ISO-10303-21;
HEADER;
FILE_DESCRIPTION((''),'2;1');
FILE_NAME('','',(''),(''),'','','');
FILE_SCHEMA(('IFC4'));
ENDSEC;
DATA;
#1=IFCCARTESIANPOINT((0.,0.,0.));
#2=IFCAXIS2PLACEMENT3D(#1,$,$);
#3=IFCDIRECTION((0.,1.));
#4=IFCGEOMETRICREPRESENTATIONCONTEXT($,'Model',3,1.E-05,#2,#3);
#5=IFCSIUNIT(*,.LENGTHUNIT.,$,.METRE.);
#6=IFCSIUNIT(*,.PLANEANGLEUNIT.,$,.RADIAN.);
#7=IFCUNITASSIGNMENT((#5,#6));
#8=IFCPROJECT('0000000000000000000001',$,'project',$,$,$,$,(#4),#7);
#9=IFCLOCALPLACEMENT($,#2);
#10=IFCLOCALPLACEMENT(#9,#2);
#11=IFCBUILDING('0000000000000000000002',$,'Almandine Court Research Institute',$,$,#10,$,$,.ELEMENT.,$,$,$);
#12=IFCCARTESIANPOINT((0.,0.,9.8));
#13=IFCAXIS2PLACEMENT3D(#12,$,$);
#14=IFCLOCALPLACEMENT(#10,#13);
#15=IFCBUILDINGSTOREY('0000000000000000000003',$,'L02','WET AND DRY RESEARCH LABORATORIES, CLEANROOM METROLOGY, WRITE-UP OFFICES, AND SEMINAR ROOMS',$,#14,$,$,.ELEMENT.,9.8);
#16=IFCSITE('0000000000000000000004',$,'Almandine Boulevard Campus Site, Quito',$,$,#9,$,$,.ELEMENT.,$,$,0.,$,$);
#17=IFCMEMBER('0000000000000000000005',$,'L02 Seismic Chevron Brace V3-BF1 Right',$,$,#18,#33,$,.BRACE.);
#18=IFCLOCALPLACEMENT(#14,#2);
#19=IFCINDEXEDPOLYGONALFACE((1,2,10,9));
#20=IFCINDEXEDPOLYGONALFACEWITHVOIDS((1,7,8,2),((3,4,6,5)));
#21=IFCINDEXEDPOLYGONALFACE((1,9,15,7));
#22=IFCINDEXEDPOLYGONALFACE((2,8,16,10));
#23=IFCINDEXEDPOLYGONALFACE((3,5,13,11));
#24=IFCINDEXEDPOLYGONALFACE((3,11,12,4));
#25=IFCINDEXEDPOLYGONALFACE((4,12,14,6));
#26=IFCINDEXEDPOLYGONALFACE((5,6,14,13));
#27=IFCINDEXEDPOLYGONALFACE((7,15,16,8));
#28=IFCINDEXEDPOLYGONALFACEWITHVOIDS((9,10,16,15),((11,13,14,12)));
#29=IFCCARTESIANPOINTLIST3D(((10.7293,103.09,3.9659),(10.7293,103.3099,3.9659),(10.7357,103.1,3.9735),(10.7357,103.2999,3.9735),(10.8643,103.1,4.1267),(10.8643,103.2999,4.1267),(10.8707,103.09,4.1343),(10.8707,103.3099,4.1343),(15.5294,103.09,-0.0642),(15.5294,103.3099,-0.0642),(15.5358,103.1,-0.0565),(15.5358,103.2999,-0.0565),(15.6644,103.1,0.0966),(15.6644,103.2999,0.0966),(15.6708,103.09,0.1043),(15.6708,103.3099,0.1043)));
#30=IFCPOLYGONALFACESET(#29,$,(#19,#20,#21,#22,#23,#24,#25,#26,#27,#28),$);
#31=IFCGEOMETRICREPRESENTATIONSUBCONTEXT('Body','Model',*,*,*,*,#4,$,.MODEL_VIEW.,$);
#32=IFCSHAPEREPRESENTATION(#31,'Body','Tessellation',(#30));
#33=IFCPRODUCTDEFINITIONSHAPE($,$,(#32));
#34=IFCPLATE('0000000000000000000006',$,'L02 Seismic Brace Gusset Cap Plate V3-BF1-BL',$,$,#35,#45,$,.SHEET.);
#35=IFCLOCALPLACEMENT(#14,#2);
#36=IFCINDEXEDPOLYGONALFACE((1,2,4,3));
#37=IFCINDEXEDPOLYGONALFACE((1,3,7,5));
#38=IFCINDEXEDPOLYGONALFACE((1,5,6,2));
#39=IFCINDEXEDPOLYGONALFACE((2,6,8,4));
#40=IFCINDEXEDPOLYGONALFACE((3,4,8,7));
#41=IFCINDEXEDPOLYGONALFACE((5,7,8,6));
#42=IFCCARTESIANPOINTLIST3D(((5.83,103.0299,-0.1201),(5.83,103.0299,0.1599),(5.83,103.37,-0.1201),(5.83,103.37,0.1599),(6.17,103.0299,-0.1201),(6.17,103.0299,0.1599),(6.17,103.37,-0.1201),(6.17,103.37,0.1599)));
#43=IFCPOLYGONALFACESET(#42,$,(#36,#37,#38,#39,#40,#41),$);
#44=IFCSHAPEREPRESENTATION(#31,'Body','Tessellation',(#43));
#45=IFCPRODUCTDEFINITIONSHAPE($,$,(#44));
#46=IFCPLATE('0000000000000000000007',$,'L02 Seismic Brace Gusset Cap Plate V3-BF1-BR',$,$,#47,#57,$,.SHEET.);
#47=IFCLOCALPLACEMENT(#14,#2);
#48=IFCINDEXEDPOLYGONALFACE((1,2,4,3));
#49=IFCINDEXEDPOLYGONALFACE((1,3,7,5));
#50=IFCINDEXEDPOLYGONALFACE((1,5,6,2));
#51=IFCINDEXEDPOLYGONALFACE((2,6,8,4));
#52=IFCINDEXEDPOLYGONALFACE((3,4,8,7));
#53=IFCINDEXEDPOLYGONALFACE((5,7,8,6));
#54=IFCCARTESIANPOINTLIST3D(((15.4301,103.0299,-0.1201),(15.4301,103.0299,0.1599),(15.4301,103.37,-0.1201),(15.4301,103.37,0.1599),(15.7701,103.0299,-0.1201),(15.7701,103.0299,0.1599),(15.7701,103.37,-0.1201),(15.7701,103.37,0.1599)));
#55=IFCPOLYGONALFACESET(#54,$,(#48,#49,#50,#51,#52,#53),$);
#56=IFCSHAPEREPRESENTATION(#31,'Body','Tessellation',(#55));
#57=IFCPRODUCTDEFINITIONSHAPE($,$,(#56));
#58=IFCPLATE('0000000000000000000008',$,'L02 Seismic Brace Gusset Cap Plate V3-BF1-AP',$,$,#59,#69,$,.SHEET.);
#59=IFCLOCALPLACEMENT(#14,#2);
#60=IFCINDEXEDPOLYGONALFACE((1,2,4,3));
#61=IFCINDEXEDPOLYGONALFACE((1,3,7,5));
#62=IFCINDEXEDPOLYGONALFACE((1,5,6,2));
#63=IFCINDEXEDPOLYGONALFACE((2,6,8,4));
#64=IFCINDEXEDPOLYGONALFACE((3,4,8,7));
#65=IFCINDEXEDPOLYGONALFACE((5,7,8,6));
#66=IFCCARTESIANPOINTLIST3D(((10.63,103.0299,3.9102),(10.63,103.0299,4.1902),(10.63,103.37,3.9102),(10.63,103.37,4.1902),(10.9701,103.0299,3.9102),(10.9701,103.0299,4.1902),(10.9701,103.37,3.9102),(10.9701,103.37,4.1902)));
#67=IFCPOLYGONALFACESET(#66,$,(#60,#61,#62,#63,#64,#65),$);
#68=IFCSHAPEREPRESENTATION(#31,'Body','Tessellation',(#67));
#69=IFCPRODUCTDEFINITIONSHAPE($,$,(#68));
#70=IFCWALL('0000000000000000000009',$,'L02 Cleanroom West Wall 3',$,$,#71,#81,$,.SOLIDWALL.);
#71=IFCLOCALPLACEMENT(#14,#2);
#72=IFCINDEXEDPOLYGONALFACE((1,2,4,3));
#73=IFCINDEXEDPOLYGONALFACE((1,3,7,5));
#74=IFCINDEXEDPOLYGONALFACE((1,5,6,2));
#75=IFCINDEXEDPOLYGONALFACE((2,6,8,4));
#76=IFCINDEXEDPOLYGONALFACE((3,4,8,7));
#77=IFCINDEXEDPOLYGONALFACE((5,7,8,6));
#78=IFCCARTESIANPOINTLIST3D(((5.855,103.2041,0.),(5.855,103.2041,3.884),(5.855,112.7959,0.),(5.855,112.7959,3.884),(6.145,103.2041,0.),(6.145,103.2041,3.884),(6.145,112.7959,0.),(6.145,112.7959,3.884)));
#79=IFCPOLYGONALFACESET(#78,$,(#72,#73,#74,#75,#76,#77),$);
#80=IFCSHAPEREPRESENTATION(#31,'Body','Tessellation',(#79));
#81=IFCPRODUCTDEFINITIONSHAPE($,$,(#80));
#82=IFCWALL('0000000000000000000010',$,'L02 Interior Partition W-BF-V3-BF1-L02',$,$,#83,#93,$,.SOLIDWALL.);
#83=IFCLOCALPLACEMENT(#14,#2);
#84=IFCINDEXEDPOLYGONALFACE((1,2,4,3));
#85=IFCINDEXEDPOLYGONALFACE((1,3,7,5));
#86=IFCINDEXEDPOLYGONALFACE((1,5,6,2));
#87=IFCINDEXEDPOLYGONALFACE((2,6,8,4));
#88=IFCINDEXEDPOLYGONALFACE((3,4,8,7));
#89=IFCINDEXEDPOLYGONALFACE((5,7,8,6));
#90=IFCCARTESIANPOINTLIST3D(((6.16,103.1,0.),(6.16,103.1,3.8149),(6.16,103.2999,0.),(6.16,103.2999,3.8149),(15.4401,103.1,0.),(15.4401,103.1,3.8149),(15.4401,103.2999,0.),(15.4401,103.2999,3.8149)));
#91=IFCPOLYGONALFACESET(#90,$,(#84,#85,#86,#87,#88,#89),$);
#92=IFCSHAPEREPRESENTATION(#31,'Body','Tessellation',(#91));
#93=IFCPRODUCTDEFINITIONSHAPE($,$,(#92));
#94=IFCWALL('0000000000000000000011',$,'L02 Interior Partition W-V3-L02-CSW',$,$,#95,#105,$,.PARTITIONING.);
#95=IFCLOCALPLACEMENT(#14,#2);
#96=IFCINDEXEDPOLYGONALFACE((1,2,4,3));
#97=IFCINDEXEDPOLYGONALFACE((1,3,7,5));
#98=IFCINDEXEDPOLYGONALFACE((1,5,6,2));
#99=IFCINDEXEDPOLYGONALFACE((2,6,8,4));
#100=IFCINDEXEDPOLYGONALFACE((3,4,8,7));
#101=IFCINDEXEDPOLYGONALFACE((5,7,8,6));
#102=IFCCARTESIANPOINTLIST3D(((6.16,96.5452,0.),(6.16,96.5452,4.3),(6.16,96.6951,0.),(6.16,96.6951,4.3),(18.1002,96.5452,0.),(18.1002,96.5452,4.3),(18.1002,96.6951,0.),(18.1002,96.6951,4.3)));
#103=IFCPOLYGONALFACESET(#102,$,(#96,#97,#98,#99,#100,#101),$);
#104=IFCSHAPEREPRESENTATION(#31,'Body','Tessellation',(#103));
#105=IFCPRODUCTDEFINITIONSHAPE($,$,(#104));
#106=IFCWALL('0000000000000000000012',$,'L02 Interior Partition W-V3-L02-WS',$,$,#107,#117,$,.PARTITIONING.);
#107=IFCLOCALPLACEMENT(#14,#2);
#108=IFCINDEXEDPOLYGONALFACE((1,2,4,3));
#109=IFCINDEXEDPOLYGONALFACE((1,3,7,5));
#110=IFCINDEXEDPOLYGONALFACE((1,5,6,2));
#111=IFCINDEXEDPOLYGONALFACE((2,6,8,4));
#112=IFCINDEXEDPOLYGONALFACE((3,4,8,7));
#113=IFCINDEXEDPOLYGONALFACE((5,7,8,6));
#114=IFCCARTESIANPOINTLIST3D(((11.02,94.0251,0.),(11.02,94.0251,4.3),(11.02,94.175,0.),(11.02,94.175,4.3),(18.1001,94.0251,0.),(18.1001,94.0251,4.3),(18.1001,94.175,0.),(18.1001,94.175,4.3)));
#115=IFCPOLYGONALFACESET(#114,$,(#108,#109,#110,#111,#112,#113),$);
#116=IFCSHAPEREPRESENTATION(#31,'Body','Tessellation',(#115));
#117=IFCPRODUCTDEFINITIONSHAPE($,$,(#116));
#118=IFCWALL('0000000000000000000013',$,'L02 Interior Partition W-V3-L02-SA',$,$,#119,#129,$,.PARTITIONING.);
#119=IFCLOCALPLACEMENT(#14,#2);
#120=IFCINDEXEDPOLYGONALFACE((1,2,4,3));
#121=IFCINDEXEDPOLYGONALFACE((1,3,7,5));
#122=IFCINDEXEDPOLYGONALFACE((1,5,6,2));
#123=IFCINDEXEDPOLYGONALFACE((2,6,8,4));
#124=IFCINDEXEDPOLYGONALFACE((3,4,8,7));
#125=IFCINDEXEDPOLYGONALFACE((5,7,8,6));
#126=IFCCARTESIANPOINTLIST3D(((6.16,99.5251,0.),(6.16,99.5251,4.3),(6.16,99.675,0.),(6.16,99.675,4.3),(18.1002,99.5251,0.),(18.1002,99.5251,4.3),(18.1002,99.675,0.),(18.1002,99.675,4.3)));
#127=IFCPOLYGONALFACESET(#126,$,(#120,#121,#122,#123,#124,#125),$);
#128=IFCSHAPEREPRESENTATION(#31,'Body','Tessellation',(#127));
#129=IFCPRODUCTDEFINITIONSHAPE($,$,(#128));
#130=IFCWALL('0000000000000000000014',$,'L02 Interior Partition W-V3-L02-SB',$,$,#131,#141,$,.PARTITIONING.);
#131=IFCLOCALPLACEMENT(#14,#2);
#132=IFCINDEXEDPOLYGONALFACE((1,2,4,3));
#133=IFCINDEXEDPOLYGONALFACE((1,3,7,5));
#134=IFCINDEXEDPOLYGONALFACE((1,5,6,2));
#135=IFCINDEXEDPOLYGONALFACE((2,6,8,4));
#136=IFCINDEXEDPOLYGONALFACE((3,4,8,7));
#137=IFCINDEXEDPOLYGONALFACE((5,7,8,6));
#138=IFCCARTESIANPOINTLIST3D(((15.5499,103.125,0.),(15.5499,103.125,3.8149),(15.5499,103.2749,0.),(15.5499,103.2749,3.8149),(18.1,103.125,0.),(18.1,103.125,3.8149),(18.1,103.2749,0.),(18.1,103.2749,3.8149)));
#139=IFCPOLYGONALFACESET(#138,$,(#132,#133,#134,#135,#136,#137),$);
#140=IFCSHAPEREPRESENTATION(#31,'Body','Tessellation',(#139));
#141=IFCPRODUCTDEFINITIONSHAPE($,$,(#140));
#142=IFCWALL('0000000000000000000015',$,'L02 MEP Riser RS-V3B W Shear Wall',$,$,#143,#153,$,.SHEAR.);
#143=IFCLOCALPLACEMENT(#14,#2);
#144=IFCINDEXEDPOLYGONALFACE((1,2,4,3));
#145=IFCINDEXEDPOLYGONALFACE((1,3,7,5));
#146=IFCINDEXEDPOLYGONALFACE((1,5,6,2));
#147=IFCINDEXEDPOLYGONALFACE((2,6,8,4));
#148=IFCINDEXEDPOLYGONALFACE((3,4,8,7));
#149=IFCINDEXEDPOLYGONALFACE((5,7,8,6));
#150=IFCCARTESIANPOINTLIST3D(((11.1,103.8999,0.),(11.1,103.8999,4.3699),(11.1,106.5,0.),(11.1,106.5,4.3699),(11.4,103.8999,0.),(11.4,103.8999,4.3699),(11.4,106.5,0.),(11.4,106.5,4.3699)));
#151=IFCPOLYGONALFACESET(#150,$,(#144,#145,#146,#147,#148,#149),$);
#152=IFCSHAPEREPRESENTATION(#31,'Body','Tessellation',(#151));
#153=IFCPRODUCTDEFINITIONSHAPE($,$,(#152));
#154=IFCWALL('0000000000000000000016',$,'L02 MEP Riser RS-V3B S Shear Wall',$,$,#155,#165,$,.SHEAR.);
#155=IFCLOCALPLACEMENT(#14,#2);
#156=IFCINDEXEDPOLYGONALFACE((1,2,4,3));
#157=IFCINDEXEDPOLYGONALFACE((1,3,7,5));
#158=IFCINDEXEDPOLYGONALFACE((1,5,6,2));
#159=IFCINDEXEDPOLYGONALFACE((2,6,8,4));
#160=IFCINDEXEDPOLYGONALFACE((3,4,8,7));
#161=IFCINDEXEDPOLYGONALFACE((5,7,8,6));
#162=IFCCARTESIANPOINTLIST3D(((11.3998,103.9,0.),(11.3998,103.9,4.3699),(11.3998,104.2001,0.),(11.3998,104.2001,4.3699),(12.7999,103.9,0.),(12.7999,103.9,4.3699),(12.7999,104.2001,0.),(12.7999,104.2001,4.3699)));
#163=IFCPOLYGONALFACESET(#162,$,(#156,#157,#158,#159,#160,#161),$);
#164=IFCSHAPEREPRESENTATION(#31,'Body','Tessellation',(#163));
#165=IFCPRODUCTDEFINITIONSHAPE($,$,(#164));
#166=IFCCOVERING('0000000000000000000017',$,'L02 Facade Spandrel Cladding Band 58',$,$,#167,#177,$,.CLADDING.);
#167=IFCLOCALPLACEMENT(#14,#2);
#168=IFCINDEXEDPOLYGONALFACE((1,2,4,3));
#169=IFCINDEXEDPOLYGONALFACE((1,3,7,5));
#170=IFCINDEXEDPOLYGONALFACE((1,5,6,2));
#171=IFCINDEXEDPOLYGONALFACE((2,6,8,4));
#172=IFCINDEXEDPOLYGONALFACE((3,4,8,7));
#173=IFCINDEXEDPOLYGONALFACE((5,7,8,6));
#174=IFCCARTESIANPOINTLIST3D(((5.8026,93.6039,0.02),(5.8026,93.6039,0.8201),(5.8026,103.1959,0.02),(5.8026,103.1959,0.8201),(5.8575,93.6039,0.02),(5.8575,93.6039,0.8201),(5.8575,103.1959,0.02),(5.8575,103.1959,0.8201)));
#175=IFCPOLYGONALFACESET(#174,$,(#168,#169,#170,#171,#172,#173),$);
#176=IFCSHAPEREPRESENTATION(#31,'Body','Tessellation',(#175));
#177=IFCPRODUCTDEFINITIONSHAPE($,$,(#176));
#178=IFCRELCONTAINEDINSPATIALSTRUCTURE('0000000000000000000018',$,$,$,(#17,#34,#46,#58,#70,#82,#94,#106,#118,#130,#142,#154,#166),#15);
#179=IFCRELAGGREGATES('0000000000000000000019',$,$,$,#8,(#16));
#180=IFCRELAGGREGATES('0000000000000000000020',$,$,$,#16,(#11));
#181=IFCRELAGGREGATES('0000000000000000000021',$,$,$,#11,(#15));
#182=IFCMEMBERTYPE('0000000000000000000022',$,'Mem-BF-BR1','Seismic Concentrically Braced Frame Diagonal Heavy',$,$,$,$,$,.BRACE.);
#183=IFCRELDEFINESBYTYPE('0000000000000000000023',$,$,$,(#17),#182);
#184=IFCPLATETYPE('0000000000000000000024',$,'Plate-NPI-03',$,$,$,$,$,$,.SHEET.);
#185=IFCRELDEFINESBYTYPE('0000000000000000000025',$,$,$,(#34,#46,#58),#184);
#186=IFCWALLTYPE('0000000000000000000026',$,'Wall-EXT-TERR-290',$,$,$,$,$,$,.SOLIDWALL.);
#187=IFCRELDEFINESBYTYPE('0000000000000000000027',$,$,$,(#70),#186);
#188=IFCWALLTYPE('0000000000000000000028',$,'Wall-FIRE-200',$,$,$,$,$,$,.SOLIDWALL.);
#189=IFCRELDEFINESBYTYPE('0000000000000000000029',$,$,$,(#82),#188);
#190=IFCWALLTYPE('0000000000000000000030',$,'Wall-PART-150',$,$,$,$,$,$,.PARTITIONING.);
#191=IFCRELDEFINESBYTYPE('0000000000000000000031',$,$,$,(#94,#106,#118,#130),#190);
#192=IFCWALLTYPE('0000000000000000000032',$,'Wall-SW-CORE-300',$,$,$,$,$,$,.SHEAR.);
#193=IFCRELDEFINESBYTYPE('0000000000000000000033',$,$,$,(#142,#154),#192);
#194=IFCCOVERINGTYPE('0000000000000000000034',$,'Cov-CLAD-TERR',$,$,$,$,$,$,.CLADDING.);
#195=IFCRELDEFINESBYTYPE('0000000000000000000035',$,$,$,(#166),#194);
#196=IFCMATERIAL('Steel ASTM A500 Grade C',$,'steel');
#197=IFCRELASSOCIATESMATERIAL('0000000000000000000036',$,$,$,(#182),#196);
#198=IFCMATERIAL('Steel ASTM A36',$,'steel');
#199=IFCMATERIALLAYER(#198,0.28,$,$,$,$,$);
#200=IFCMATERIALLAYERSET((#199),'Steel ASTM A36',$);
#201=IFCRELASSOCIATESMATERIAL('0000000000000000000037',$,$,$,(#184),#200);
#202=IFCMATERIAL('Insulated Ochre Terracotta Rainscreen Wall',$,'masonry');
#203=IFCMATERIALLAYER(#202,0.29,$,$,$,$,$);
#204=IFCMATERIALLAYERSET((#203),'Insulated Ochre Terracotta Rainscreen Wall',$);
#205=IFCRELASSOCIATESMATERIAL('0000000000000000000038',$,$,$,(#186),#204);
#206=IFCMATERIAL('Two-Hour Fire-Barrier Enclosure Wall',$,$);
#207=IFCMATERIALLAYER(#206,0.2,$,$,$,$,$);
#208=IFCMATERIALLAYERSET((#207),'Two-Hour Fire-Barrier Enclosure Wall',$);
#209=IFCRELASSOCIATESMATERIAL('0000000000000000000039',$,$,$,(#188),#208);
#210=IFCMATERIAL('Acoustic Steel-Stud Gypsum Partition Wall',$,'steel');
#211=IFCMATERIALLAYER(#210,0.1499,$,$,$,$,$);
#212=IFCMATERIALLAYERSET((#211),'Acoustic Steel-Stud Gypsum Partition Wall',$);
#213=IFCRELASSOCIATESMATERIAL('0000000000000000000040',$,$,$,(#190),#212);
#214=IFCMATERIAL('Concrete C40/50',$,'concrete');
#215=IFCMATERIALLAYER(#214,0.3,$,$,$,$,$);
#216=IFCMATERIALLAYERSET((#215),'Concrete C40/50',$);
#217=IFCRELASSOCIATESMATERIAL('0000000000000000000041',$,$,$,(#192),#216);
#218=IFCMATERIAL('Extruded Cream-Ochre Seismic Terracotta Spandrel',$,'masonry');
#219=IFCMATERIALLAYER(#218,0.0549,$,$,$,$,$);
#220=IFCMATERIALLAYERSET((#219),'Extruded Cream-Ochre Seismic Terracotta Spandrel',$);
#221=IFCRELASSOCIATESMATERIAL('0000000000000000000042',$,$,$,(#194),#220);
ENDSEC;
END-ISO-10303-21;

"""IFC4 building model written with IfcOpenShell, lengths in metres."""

from ifc_helpers import new_model, si_unit, direction, frame, frame_2d, origin, origin_2d, place, context, subcontext, project, spatial, rectangle, hollow_rectangle, extrude, material, layer, layer_set, material_profile, profile_set, type_object, element, save


model = new_model("IFC4")

# Units and contexts
model_context = context("Model", 3, precision=1e-05, world=origin(), true_north=direction((0.0, 1.0)))
body_context = subcontext(model_context, "Body", "Model", "MODEL_VIEW")
ifc_project = project(units=[si_unit("LENGTHUNIT", "METRE"), si_unit("PLANEANGLEUNIT", "RADIAN")], contexts=[model_context])

# Site, building, storey
site_placement = place(None, origin())
site = spatial("IfcSite", under=ifc_project, at=site_placement, Name="Almandine Boulevard Campus Site, Quito", CompositionType="ELEMENT", RefElevation=0.0)
building_placement = place(site_placement, origin())
building = spatial("IfcBuilding", under=site, at=building_placement, Name="Almandine Court Research Institute", CompositionType="ELEMENT")
storey_placement = place(building_placement, frame((0.0, 0.0, 9.8)))
storey = spatial("IfcBuildingStorey", under=building, at=storey_placement, Name="L02", Description="WET AND DRY RESEARCH LABORATORIES, CLEANROOM METROLOGY, WRITE-UP OFFICES, AND SEMINAR ROOMS", CompositionType="ELEMENT", Elevation=9.8)

# Member
ifc_material_1 = material(Name="Steel ASTM A500 Grade C", Category="steel")
ifc_material_profile_1 = material_profile(ifc_material_1, hollow_rectangle(XDim=0.22, YDim=0.22, WallThickness=0.01, at=origin_2d()), Name="HSS 220x220x10")
ifc_profile_set_1 = profile_set([ifc_material_profile_1], Name="Steel ASTM A500 Grade C")
member_type = type_object("IfcMemberType", Name="Mem-BF-BR1", Description="Seismic Concentrically Braced Frame Diagonal Heavy", PredefinedType="BRACE", material=ifc_profile_set_1)
for number, where, z_axis, x_axis, name in (
    (1, (15.6001, 103.2, 0.02), (-0.765863, 0.0, 0.643004), (0.0, -1.0, 0.0), "L02 Seismic Chevron Brace V3-BF1 Right"),
):
    element("IfcMember", number, at=place(storey_placement, frame(where, z_axis=z_axis, x_axis=x_axis)), inside=storey, type_object=member_type, Name=name, PredefinedType="BRACE", context=body_context, shape_type="SweptSolid", body=[
        extrude(hollow_rectangle(XDim=0.22, YDim=0.22, WallThickness=0.01, at=origin_2d()), origin(), (0.0, 0.0, 1.0), 6.2676),
    ])

# Plates
ifc_material_2 = material(Name="Steel ASTM A36", Category="steel")
ifc_layer_1 = layer(ifc_material_2, 0.28)
ifc_layer_set_1 = layer_set([ifc_layer_1], Name="Steel ASTM A36")
plate_type = type_object("IfcPlateType", Name="Plate-NPI-03", PredefinedType="SHEET", material=ifc_layer_set_1)
for number, where, z_axis, x_axis, name in (
    (2, (6.0, 103.2, -0.1201), (0.0, 0.0, 1.0), (1.0, 0.0, 0.0), "L02 Seismic Brace Gusset Cap Plate V3-BF1-BL"),
    (3, (15.6001, 103.2, -0.1201), (0.0, 0.0, 1.0), (1.0, 0.0, 0.0), "L02 Seismic Brace Gusset Cap Plate V3-BF1-BR"),
    (4, (10.8, 103.2, 3.9102), (0.0, 0.0, 1.0), (1.0, 0.0, 0.0), "L02 Seismic Brace Gusset Cap Plate V3-BF1-AP"),
):
    element("IfcPlate", number, at=place(storey_placement, frame(where, z_axis=z_axis, x_axis=x_axis)), inside=storey, type_object=plate_type, Name=name, PredefinedType="SHEET", context=body_context, shape_type="SweptSolid", body=[
        extrude(rectangle(XDim=0.3401, YDim=0.3401, at=origin_2d()), origin(), (0.0, 0.0, 1.0), 0.28),
    ])

# Walls
ifc_material_3 = material(Name="Insulated Ochre Terracotta Rainscreen Wall", Category="masonry")
ifc_layer_2 = layer(ifc_material_3, 0.29)
ifc_layer_set_2 = layer_set([ifc_layer_2], Name="Insulated Ochre Terracotta Rainscreen Wall")
wall_type_1 = type_object("IfcWallType", Name="Wall-EXT-TERR-290", PredefinedType="SOLIDWALL", material=ifc_layer_set_2)
wall_1_placement = place(storey_placement, frame((6.0, 103.2041, 0.0), z_axis=(0.0, 0.0, 1.0), x_axis=(0.0, 1.0, 0.0)))
element("IfcWall", 5, at=wall_1_placement, inside=storey, type_object=wall_type_1, Name="L02 Cleanroom West Wall 3", PredefinedType="SOLIDWALL", context=body_context, shape_type="SweptSolid", body=[
    extrude(rectangle(XDim=9.5918, YDim=0.29, at=frame_2d((4.7959, 0.0))), origin(), (0.0, 0.0, 1.0), 3.884),
])
ifc_material_4 = material(Name="Two-Hour Fire-Barrier Enclosure Wall")
ifc_layer_3 = layer(ifc_material_4, 0.2)
ifc_layer_set_3 = layer_set([ifc_layer_3], Name="Two-Hour Fire-Barrier Enclosure Wall")
wall_type_2 = type_object("IfcWallType", Name="Wall-FIRE-200", PredefinedType="SOLIDWALL", material=ifc_layer_set_3)
wall_2_placement = place(storey_placement, frame((6.1599, 103.2, 0.0), z_axis=(0.0, 0.0, 1.0), x_axis=(1.0, 0.0, 0.0)))
element("IfcWall", 6, at=wall_2_placement, inside=storey, type_object=wall_type_2, Name="L02 Interior Partition W-BF-V3-BF1-L02", PredefinedType="SOLIDWALL", context=body_context, shape_type="SweptSolid", body=[
    extrude(rectangle(XDim=9.28, YDim=0.2, at=frame_2d((4.6401, 0.0))), origin(), (0.0, 0.0, 1.0), 3.8149),
])
ifc_material_5 = material(Name="Acoustic Steel-Stud Gypsum Partition Wall", Category="steel")
ifc_layer_4 = layer(ifc_material_5, 0.1499)
ifc_layer_set_4 = layer_set([ifc_layer_4], Name="Acoustic Steel-Stud Gypsum Partition Wall")
wall_type_3 = type_object("IfcWallType", Name="Wall-PART-150", PredefinedType="PARTITIONING", material=ifc_layer_set_4)
wall_3_placement = place(storey_placement, frame((6.1599, 96.6201, 0.0), z_axis=(0.0, 0.0, 1.0), x_axis=(1.0, 0.0, 0.0)))
element("IfcWall", 7, at=wall_3_placement, inside=storey, type_object=wall_type_3, Name="L02 Interior Partition W-V3-L02-CSW", PredefinedType="PARTITIONING", context=body_context, shape_type="SweptSolid", body=[
    extrude(rectangle(XDim=11.9402, YDim=0.1499, at=frame_2d((5.9702, 0.0))), origin(), (0.0, 0.0, 1.0), 4.3),
])
wall_4_placement = place(storey_placement, frame((11.02, 94.1001, 0.0), z_axis=(0.0, 0.0, 1.0), x_axis=(1.0, 0.0, 0.0)))
element("IfcWall", 8, at=wall_4_placement, inside=storey, type_object=wall_type_3, Name="L02 Interior Partition W-V3-L02-WS", PredefinedType="PARTITIONING", context=body_context, shape_type="SweptSolid", body=[
    extrude(rectangle(XDim=7.0801, YDim=0.1499, at=frame_2d((3.54, 0.0))), origin(), (0.0, 0.0, 1.0), 4.3),
])
wall_5_placement = place(storey_placement, frame((6.1599, 99.6001, 0.0), z_axis=(0.0, 0.0, 1.0), x_axis=(1.0, 0.0, 0.0)))
element("IfcWall", 9, at=wall_5_placement, inside=storey, type_object=wall_type_3, Name="L02 Interior Partition W-V3-L02-SA", PredefinedType="PARTITIONING", context=body_context, shape_type="SweptSolid", body=[
    extrude(rectangle(XDim=11.9402, YDim=0.1499, at=frame_2d((5.9702, 0.0))), origin(), (0.0, 0.0, 1.0), 4.3),
])
wall_6_placement = place(storey_placement, frame((15.55, 103.2, 0.0), z_axis=(0.0, 0.0, 1.0), x_axis=(1.0, 0.0, 0.0)))
element("IfcWall", 10, at=wall_6_placement, inside=storey, type_object=wall_type_3, Name="L02 Interior Partition W-V3-L02-SB", PredefinedType="PARTITIONING", context=body_context, shape_type="SweptSolid", body=[
    extrude(rectangle(XDim=2.55, YDim=0.1499, at=frame_2d((1.2749, 0.0))), origin(), (0.0, 0.0, 1.0), 3.8149),
])
ifc_material_6 = material(Name="Concrete C40/50", Category="concrete")
ifc_layer_5 = layer(ifc_material_6, 0.3)
ifc_layer_set_5 = layer_set([ifc_layer_5], Name="Concrete C40/50")
wall_type_4 = type_object("IfcWallType", Name="Wall-SW-CORE-300", PredefinedType="SHEAR", material=ifc_layer_set_5)
wall_7_placement = place(storey_placement, frame((11.25, 103.8999, 0.0), z_axis=(0.0, 0.0, 1.0), x_axis=(0.0, 1.0, 0.0)))
element("IfcWall", 11, at=wall_7_placement, inside=storey, type_object=wall_type_4, Name="L02 MEP Riser RS-V3B W Shear Wall", PredefinedType="SHEAR", context=body_context, shape_type="SweptSolid", body=[
    extrude(rectangle(XDim=2.6001, YDim=0.3, at=frame_2d((1.3, 0.0))), origin(), (0.0, 0.0, 1.0), 4.3699),
])
wall_8_placement = place(storey_placement, frame((12.8, 104.05, 0.0), z_axis=(0.0, 0.0, 1.0), x_axis=(-1.0, 0.0, 0.0)))
element("IfcWall", 12, at=wall_8_placement, inside=storey, type_object=wall_type_4, Name="L02 MEP Riser RS-V3B S Shear Wall", PredefinedType="SHEAR", context=body_context, shape_type="SweptSolid", body=[
    extrude(rectangle(XDim=1.4001, YDim=0.3, at=frame_2d((0.7002, 0.0))), origin(), (0.0, 0.0, 1.0), 4.3699),
])

# Covering
ifc_material_7 = material(Name="Extruded Cream-Ochre Seismic Terracotta Spandrel", Category="masonry")
ifc_layer_6 = layer(ifc_material_7, 0.0549)
ifc_layer_set_6 = layer_set([ifc_layer_6], Name="Extruded Cream-Ochre Seismic Terracotta Spandrel")
covering_type = type_object("IfcCoveringType", Name="Cov-CLAD-TERR", PredefinedType="CLADDING", material=ifc_layer_set_6)
covering_placement = place(storey_placement, frame((5.8301, 98.3999, 0.02), z_axis=(0.0, 0.0, 1.0), x_axis=(0.0, 1.0, 0.0)))
element("IfcCovering", 13, at=covering_placement, inside=storey, type_object=covering_type, Name="L02 Facade Spandrel Cladding Band 58", PredefinedType="CLADDING", context=body_context, shape_type="SweptSolid", body=[
    extrude(rectangle(XDim=9.592, YDim=0.0549, at=origin_2d()), origin(), (0.0, 0.0, 1.0), 0.8),
])

save(model, "model.ifc")
